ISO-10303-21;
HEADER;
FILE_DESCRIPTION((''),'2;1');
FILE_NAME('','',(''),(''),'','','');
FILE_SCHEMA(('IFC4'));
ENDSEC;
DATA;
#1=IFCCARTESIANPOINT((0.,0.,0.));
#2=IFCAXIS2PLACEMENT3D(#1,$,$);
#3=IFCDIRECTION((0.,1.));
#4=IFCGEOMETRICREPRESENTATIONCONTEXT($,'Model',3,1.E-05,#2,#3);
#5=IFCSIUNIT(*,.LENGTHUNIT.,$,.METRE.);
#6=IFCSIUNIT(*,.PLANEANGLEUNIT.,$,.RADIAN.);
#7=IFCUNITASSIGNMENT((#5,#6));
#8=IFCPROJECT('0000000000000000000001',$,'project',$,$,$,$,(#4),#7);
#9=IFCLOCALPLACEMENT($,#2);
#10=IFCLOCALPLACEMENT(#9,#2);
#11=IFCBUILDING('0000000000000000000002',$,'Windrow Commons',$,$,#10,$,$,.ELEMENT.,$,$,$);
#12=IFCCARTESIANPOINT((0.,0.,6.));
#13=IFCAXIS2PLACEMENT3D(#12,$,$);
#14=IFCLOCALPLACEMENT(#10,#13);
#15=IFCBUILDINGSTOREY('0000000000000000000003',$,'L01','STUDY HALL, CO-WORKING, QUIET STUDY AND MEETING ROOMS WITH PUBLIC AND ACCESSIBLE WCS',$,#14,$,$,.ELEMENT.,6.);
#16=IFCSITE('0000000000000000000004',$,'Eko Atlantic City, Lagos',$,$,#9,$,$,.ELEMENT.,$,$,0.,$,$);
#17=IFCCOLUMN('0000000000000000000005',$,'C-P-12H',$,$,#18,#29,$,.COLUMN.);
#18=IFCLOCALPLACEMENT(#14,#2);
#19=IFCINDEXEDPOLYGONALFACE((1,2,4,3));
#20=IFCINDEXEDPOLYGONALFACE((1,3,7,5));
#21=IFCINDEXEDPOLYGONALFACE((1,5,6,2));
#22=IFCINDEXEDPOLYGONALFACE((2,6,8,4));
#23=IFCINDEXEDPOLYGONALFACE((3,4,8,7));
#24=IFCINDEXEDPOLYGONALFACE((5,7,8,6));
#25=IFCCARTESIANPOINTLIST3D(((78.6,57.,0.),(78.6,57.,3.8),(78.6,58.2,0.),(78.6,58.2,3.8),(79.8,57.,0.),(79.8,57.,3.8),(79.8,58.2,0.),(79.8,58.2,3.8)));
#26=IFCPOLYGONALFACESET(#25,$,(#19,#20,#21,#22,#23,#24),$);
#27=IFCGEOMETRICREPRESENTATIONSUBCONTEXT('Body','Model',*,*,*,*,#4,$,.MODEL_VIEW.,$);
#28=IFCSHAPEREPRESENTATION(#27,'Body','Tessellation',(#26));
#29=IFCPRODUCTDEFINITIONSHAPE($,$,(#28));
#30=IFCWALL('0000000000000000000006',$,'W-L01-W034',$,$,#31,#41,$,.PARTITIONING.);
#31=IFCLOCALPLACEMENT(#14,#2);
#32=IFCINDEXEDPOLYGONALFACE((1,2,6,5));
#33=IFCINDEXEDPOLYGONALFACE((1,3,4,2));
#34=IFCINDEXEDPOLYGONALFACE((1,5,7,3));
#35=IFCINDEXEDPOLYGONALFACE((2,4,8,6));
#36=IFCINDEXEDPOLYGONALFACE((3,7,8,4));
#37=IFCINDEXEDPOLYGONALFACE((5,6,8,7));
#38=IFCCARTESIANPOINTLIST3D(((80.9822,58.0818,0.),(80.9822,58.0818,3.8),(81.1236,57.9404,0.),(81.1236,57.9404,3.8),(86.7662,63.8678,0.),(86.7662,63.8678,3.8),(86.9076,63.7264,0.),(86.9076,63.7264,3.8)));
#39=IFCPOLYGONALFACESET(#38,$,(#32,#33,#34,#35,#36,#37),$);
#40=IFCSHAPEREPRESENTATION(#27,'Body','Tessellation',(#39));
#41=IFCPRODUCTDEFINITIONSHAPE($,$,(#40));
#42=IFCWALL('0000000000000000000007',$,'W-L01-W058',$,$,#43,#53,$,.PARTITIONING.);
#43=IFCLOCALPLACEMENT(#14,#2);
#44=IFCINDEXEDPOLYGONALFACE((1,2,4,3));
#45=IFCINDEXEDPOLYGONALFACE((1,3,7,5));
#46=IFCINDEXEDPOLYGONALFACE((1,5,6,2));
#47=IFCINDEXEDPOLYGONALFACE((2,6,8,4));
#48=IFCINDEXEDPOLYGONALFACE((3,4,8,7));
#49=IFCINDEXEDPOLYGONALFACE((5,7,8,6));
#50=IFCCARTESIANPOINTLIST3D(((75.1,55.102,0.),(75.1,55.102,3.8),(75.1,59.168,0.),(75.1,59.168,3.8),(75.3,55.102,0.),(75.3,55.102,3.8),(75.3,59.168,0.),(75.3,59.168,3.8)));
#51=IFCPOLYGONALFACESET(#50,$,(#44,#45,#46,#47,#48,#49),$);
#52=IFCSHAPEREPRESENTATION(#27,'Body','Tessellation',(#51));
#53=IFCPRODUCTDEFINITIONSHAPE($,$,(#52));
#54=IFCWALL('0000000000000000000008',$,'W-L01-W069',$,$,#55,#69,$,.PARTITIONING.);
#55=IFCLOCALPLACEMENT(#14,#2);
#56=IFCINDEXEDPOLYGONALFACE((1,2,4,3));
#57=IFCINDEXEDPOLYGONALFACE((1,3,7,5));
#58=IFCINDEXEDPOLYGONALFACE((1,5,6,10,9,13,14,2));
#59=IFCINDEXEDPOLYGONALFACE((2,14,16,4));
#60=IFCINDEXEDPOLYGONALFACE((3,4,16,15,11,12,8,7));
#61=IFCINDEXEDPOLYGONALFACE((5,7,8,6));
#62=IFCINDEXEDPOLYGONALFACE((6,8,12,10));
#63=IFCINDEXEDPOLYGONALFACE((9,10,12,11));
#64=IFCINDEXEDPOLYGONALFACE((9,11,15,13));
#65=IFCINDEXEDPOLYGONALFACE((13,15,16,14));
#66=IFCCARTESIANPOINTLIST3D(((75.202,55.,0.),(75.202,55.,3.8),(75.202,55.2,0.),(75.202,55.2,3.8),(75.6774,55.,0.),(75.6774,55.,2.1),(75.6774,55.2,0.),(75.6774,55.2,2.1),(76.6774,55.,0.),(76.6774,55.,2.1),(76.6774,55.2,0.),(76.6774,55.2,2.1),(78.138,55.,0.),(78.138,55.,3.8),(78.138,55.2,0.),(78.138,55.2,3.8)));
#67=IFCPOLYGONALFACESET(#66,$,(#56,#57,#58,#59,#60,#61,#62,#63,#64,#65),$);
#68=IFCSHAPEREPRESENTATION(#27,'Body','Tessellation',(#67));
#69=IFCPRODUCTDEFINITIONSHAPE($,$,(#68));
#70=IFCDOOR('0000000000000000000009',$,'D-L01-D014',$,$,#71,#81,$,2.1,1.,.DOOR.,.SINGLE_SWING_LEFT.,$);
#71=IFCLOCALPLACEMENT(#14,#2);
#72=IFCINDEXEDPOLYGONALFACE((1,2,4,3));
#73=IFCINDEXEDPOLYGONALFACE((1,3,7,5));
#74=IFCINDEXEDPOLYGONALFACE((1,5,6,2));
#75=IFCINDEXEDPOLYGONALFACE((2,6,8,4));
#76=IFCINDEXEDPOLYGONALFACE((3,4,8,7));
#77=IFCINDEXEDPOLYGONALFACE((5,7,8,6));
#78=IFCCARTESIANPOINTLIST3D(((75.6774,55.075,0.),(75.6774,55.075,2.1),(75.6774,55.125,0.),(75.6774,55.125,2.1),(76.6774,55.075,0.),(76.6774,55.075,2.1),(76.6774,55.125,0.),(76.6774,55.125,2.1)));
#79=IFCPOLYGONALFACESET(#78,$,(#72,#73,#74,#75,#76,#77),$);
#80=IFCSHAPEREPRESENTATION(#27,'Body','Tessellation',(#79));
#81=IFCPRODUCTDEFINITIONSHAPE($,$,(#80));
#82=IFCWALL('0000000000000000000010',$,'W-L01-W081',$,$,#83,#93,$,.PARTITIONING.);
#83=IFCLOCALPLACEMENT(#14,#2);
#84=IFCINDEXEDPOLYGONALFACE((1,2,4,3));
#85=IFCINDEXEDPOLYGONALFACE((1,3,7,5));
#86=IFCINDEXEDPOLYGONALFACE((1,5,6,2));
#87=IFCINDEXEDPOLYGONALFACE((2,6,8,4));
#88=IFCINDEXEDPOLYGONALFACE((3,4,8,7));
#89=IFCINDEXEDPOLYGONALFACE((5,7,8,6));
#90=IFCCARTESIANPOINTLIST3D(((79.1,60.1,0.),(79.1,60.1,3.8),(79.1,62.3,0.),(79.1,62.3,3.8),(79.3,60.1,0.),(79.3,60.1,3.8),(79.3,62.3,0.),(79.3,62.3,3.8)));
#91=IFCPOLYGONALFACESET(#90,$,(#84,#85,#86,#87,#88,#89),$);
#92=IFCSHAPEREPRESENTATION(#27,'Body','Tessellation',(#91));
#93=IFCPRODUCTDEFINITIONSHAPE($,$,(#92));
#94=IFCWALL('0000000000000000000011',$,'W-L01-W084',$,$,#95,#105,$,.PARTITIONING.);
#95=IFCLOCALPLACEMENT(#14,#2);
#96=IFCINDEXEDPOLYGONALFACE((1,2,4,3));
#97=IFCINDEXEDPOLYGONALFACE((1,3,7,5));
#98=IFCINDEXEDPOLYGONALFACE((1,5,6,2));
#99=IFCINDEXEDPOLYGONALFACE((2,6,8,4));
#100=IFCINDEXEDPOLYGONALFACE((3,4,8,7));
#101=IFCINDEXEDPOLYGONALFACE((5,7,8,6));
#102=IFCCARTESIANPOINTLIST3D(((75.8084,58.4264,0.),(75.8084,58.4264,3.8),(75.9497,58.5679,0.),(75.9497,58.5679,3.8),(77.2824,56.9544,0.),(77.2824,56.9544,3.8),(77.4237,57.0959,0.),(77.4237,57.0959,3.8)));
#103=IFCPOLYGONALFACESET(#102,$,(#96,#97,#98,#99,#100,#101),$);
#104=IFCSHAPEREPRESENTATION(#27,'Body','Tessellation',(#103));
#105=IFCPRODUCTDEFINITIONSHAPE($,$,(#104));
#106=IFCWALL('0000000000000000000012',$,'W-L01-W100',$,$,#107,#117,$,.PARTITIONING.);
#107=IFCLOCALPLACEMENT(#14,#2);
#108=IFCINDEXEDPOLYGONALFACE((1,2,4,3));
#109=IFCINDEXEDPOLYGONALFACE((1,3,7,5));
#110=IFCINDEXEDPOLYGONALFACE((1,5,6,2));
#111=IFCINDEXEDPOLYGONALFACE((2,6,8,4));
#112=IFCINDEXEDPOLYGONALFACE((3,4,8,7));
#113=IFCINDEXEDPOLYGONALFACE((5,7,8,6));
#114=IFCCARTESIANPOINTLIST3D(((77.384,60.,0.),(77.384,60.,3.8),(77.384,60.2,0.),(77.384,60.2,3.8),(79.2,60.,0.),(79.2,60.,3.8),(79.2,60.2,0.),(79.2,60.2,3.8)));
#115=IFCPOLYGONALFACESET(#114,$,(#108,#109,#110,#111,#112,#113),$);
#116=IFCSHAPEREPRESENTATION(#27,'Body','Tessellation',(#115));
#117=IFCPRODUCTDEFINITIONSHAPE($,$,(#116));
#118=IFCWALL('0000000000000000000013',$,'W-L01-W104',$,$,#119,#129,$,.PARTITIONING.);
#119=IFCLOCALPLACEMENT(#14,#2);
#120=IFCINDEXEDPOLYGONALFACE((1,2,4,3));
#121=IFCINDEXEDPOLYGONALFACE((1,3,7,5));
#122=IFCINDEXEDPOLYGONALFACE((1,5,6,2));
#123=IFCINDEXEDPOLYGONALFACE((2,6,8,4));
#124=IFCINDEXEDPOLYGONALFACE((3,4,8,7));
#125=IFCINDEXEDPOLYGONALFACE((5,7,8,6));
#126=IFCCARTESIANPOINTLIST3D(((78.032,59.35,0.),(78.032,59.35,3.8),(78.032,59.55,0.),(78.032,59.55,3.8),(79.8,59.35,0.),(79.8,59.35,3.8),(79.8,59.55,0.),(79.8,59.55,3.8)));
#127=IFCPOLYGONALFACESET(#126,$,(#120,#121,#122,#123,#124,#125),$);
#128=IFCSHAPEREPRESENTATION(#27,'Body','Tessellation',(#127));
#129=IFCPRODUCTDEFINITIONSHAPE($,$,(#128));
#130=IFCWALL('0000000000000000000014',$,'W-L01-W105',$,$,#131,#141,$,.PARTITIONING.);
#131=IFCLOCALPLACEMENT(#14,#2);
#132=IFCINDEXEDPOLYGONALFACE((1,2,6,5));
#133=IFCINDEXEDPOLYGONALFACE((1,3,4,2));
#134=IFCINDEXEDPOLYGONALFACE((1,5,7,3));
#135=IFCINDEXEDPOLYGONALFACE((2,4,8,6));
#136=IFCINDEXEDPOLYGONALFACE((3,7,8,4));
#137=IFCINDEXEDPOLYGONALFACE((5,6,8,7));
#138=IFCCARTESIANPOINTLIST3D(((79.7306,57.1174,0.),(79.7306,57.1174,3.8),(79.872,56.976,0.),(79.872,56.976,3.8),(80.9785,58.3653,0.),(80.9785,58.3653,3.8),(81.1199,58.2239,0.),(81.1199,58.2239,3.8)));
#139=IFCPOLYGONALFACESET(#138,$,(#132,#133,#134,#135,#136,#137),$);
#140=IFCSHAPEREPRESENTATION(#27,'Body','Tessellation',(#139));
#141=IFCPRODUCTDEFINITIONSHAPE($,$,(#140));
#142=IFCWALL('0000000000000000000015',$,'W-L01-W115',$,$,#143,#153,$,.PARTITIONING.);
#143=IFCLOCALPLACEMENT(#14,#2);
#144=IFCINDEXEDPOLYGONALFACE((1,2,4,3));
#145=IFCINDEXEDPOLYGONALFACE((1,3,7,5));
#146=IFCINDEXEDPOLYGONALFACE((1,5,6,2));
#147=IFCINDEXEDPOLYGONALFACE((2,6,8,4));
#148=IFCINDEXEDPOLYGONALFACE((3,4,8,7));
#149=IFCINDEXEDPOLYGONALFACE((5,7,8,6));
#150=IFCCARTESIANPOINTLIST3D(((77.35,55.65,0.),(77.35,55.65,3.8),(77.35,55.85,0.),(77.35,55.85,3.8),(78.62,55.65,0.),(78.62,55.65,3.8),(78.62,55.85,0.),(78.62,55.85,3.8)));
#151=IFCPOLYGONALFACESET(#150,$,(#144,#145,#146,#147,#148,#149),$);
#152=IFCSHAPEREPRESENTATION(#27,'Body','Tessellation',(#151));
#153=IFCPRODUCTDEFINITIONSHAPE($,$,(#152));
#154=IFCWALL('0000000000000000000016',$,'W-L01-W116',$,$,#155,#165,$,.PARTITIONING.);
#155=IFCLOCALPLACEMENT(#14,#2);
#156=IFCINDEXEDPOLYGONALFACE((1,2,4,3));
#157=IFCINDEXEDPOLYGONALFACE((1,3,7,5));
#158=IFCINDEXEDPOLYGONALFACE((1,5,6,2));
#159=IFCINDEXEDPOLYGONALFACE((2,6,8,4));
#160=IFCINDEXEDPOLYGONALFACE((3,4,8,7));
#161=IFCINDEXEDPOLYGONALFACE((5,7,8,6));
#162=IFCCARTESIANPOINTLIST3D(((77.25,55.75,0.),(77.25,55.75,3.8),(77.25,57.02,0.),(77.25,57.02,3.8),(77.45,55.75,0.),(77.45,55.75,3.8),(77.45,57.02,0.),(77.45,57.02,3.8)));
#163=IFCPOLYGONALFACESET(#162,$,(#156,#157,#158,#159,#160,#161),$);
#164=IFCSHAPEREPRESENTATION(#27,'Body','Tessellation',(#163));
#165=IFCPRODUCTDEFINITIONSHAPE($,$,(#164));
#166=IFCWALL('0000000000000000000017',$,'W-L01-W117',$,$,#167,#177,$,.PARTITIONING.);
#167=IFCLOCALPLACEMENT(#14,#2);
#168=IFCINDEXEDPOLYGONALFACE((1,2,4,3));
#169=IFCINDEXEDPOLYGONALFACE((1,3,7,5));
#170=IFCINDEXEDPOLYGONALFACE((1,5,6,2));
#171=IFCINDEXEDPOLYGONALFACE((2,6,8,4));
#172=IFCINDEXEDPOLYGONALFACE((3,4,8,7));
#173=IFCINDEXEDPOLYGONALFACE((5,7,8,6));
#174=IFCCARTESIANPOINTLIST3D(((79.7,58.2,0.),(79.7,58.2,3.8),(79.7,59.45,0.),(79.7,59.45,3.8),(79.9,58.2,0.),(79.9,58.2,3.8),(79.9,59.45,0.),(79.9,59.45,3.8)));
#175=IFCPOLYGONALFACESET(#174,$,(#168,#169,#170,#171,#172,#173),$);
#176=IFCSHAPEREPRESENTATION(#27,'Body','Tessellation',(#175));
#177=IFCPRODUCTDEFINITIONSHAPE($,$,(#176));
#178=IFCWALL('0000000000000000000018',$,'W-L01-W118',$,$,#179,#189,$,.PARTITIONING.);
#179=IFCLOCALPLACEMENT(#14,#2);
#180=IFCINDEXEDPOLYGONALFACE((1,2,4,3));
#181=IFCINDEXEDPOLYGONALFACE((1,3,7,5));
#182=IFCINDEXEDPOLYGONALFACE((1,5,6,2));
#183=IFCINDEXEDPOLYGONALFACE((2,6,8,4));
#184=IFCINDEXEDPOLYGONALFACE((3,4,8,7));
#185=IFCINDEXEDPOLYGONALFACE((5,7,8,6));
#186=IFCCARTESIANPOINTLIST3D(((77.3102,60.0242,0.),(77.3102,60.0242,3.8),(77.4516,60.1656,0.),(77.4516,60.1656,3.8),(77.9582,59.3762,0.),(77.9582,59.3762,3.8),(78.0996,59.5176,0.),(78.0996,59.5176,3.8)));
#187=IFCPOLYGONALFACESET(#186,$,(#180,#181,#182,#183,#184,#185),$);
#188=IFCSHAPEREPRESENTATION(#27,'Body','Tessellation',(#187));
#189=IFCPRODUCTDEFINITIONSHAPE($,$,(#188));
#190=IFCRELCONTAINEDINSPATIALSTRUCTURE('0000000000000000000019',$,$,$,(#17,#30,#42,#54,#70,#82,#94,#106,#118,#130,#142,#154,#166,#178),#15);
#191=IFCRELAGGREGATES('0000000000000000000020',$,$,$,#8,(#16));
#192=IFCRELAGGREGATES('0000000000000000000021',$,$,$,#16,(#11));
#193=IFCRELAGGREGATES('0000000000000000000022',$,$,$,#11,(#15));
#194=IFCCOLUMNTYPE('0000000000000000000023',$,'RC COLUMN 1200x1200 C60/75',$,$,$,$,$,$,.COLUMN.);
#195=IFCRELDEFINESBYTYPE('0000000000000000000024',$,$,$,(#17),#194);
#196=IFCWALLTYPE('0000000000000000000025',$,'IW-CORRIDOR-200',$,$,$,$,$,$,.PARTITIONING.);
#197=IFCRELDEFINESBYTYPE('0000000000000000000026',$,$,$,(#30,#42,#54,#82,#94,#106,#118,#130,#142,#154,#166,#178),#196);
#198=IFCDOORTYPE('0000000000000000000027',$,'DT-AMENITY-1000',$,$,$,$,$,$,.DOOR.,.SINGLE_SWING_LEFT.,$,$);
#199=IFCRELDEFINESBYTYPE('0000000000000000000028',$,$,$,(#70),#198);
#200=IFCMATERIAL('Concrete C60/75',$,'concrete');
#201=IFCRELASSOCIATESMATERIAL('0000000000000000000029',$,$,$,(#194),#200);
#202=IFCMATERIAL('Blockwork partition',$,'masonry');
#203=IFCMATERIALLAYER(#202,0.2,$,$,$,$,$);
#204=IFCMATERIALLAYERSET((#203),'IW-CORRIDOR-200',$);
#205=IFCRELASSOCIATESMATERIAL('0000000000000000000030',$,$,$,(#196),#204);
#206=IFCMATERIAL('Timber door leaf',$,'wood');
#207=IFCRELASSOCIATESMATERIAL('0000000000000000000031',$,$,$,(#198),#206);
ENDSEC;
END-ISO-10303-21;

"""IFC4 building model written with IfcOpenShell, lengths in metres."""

from ifc_helpers import new_model, si_unit, direction, frame, frame_2d, origin, origin_2d, place, context, subcontext, project, spatial, rectangle, extrude, material, layer, layer_set, material_profile, profile_set, type_object, element, fill, save


model = new_model("IFC4")

# Units and contexts
model_context = context("Model", 3, precision=1e-05, world=origin(), true_north=direction((0.0, 1.0)))
body_context = subcontext(model_context, "Body", "Model", "MODEL_VIEW")
ifc_project = project(units=[si_unit("LENGTHUNIT", "METRE"), si_unit("PLANEANGLEUNIT", "RADIAN")], contexts=[model_context])

# Site, building, storey
site_placement = place(None, origin())
site = spatial("IfcSite", under=ifc_project, at=site_placement, Name="Eko Atlantic City, Lagos", CompositionType="ELEMENT", RefElevation=0.0)
building_placement = place(site_placement, origin())
building = spatial("IfcBuilding", under=site, at=building_placement, Name="Windrow Commons", CompositionType="ELEMENT")
storey_placement = place(building_placement, frame((0.0, 0.0, 6.0)))
storey = spatial("IfcBuildingStorey", under=building, at=storey_placement, Name="L01", Description="STUDY HALL, CO-WORKING, QUIET STUDY AND MEETING ROOMS WITH PUBLIC AND ACCESSIBLE WCS", CompositionType="ELEMENT", Elevation=6.0)

# Column
ifc_material_1 = material(Name="Concrete C60/75", Category="concrete")
ifc_material_profile = material_profile(ifc_material_1, rectangle(XDim=1.2, YDim=1.2, at=origin_2d()))
ifc_profile_set = profile_set([ifc_material_profile], Name="Concrete C60/75")
column_type = type_object("IfcColumnType", Name="RC COLUMN 1200x1200 C60/75", PredefinedType="COLUMN", material=ifc_profile_set)
column_placement = place(storey_placement, frame((79.2, 57.6, 0.0), z_axis=(0.0, 0.0, 1.0), x_axis=(1.0, 0.0, 0.0)))
element("IfcColumn", 1, at=column_placement, inside=storey, type_object=column_type, Name="C-P-12H", PredefinedType="COLUMN", context=body_context, shape_type="SweptSolid", body=[
    extrude(rectangle(XDim=1.2, YDim=1.2, at=origin_2d()), origin(), (0.0, 0.0, 1.0), 3.8),
])

# Walls
ifc_material_2 = material(Name="Blockwork partition", Category="masonry")
ifc_layer_1 = layer(ifc_material_2, 0.2)
ifc_layer_set_1 = layer_set([ifc_layer_1], Name="IW-CORRIDOR-200")
wall_type_1 = type_object("IfcWallType", Name="IW-CORRIDOR-200", PredefinedType="PARTITIONING", material=ifc_layer_set_1)
wall_1_placement = place(storey_placement, frame((81.0529, 58.0111, 0.0), z_axis=(0.0, 0.0, 1.0), x_axis=(0.706985, 0.707229, 0.0)))
element("IfcWall", 2, at=wall_1_placement, inside=storey, type_object=wall_type_1, Name="W-L01-W034", PredefinedType="PARTITIONING", context=body_context, shape_type="SweptSolid", body=[
    extrude(rectangle(XDim=8.1812, YDim=0.2, at=frame_2d((4.0906, 0.0))), origin(), (0.0, 0.0, 1.0), 3.8),
])
wall_2_placement = place(storey_placement, frame((75.2, 55.102, 0.0), z_axis=(0.0, 0.0, 1.0), x_axis=(0.0, 1.0, 0.0)))
element("IfcWall", 3, at=wall_2_placement, inside=storey, type_object=wall_type_1, Name="W-L01-W058", PredefinedType="PARTITIONING", context=body_context, shape_type="SweptSolid", body=[
    extrude(rectangle(XDim=4.066, YDim=0.2, at=frame_2d((2.033, 0.0))), origin(), (0.0, 0.0, 1.0), 3.8),
])

# Wall, opening, door
wall_3_placement = place(storey_placement, frame((75.202, 55.1, 0.0), z_axis=(0.0, 0.0, 1.0), x_axis=(1.0, 0.0, 0.0)))
wall_3 = element("IfcWall", 4, at=wall_3_placement, inside=storey, type_object=wall_type_1, Name="W-L01-W069", PredefinedType="PARTITIONING", context=body_context, shape_type="SweptSolid", body=[
    extrude(rectangle(XDim=2.936, YDim=0.2, at=frame_2d((1.468, 0.0))), origin(), (0.0, 0.0, 1.0), 3.8),
])
opening_1_placement = place(wall_3_placement, frame((0.4754, 0.0, 0.0)))
opening_1 = element("IfcOpeningElement", 5, at=opening_1_placement, cuts=wall_3, PredefinedType="OPENING", context=body_context, shape_type="SweptSolid", body=[
    extrude(rectangle(XDim=1.0, YDim=2.1, at=frame_2d((0.5, 1.05))), frame((0.0, 0.11, 0.0), z_axis=(0.0, -1.0, 0.0), x_axis=(1.0, 0.0, 0.0)), (0.0, 0.0, 1.0), 0.22),
])
ifc_material_3 = material(Name="Timber door leaf", Category="wood")
door_type_1 = type_object("IfcDoorType", Name="DT-AMENITY-1000", OperationType="SINGLE_SWING_LEFT", PredefinedType="DOOR", material=ifc_material_3)
door_1_placement = place(opening_1_placement, origin())
door_1 = element("IfcDoor", 6, at=door_1_placement, inside=storey, type_object=door_type_1, Name="D-L01-D014", OperationType="SINGLE_SWING_LEFT", OverallHeight=2.1, OverallWidth=1.0, PredefinedType="DOOR", context=body_context, shape_type="SweptSolid", body=[
    extrude(rectangle(XDim=1.0, YDim=2.1, at=frame_2d((0.5, 1.05))), frame((0.0, 0.025, 0.0), z_axis=(0.0, -1.0, 0.0), x_axis=(1.0, 0.0, 0.0)), (0.0, 0.0, 1.0), 0.05),
])
fill(opening_1, door_1)

# Walls
wall_4_placement = place(storey_placement, frame((79.2, 60.1, 0.0), z_axis=(0.0, 0.0, 1.0), x_axis=(0.0, 1.0, 0.0)))
element("IfcWall", 7, at=wall_4_placement, inside=storey, type_object=wall_type_1, Name="W-L01-W081", PredefinedType="PARTITIONING", context=body_context, shape_type="SweptSolid", body=[
    extrude(rectangle(XDim=2.2, YDim=0.2, at=frame_2d((1.1, 0.0))), origin(), (0.0, 0.0, 1.0), 3.8),
])
wall_5_placement = place(storey_placement, frame((75.8791, 58.4971, 0.0), z_axis=(0.0, 0.0, 1.0), x_axis=(0.707587, -0.706627, 0.0)))
element("IfcWall", 8, at=wall_5_placement, inside=storey, type_object=wall_type_1, Name="W-L01-W084", PredefinedType="PARTITIONING", context=body_context, shape_type="SweptSolid", body=[
    extrude(rectangle(XDim=2.0831, YDim=0.2, at=frame_2d((1.0415, 0.0))), origin(), (0.0, 0.0, 1.0), 3.8),
])
wall_6_placement = place(storey_placement, frame((77.384, 60.1, 0.0), z_axis=(0.0, 0.0, 1.0), x_axis=(1.0, 0.0, 0.0)))
element("IfcWall", 9, at=wall_6_placement, inside=storey, type_object=wall_type_1, Name="W-L01-W100", PredefinedType="PARTITIONING", context=body_context, shape_type="SweptSolid", body=[
    extrude(rectangle(XDim=1.816, YDim=0.2, at=frame_2d((0.908, 0.0))), origin(), (0.0, 0.0, 1.0), 3.8),
])
wall_7_placement = place(storey_placement, frame((78.032, 59.45, 0.0), z_axis=(0.0, 0.0, 1.0), x_axis=(1.0, 0.0, 0.0)))
element("IfcWall", 10, at=wall_7_placement, inside=storey, type_object=wall_type_1, Name="W-L01-W104", PredefinedType="PARTITIONING", context=body_context, shape_type="SweptSolid", body=[
    extrude(rectangle(XDim=1.768, YDim=0.2, at=frame_2d((0.884, 0.0))), origin(), (0.0, 0.0, 1.0), 3.8),
])
wall_8_placement = place(storey_placement, frame((79.8013, 57.0467, 0.0), z_axis=(0.0, 0.0, 1.0), x_axis=(0.707107, 0.707107, 0.0)))
element("IfcWall", 11, at=wall_8_placement, inside=storey, type_object=wall_type_1, Name="W-L01-W105", PredefinedType="PARTITIONING", context=body_context, shape_type="SweptSolid", body=[
    extrude(rectangle(XDim=1.7649, YDim=0.2, at=frame_2d((0.8824, 0.0))), origin(), (0.0, 0.0, 1.0), 3.8),
])
for number, where, z_axis, x_axis, name in (
    (12, (77.35, 55.75, 0.0), (0.0, 0.0, 1.0), (1.0, 0.0, 0.0), "W-L01-W115"),
    (13, (77.35, 55.75, 0.0), (0.0, 0.0, 1.0), (0.0, 1.0, 0.0), "W-L01-W116"),
):
    element("IfcWall", number, at=place(storey_placement, frame(where, z_axis=z_axis, x_axis=x_axis)), inside=storey, type_object=wall_type_1, Name=name, PredefinedType="PARTITIONING", context=body_context, shape_type="SweptSolid", body=[
        extrude(rectangle(XDim=1.27, YDim=0.2, at=frame_2d((0.635, 0.0))), origin(), (0.0, 0.0, 1.0), 3.8),
    ])
wall_9_placement = place(storey_placement, frame((79.8, 58.2, 0.0), z_axis=(0.0, 0.0, 1.0), x_axis=(0.0, 1.0, 0.0)))
element("IfcWall", 14, at=wall_9_placement, inside=storey, type_object=wall_type_1, Name="W-L01-W117", PredefinedType="PARTITIONING", context=body_context, shape_type="SweptSolid", body=[
    extrude(rectangle(XDim=1.25, YDim=0.2, at=frame_2d((0.625, 0.0))), origin(), (0.0, 0.0, 1.0), 3.8),
])
wall_10_placement = place(storey_placement, frame((77.3809, 60.0949, 0.0), z_axis=(0.0, 0.0, 1.0), x_axis=(0.707107, -0.707107, 0.0)))
element("IfcWall", 15, at=wall_10_placement, inside=storey, type_object=wall_type_1, Name="W-L01-W118", PredefinedType="PARTITIONING", context=body_context, shape_type="SweptSolid", body=[
    extrude(rectangle(XDim=0.9164, YDim=0.2, at=frame_2d((0.4582, 0.0))), origin(), (0.0, 0.0, 1.0), 3.8),
])

save(model, "model.ifc")
